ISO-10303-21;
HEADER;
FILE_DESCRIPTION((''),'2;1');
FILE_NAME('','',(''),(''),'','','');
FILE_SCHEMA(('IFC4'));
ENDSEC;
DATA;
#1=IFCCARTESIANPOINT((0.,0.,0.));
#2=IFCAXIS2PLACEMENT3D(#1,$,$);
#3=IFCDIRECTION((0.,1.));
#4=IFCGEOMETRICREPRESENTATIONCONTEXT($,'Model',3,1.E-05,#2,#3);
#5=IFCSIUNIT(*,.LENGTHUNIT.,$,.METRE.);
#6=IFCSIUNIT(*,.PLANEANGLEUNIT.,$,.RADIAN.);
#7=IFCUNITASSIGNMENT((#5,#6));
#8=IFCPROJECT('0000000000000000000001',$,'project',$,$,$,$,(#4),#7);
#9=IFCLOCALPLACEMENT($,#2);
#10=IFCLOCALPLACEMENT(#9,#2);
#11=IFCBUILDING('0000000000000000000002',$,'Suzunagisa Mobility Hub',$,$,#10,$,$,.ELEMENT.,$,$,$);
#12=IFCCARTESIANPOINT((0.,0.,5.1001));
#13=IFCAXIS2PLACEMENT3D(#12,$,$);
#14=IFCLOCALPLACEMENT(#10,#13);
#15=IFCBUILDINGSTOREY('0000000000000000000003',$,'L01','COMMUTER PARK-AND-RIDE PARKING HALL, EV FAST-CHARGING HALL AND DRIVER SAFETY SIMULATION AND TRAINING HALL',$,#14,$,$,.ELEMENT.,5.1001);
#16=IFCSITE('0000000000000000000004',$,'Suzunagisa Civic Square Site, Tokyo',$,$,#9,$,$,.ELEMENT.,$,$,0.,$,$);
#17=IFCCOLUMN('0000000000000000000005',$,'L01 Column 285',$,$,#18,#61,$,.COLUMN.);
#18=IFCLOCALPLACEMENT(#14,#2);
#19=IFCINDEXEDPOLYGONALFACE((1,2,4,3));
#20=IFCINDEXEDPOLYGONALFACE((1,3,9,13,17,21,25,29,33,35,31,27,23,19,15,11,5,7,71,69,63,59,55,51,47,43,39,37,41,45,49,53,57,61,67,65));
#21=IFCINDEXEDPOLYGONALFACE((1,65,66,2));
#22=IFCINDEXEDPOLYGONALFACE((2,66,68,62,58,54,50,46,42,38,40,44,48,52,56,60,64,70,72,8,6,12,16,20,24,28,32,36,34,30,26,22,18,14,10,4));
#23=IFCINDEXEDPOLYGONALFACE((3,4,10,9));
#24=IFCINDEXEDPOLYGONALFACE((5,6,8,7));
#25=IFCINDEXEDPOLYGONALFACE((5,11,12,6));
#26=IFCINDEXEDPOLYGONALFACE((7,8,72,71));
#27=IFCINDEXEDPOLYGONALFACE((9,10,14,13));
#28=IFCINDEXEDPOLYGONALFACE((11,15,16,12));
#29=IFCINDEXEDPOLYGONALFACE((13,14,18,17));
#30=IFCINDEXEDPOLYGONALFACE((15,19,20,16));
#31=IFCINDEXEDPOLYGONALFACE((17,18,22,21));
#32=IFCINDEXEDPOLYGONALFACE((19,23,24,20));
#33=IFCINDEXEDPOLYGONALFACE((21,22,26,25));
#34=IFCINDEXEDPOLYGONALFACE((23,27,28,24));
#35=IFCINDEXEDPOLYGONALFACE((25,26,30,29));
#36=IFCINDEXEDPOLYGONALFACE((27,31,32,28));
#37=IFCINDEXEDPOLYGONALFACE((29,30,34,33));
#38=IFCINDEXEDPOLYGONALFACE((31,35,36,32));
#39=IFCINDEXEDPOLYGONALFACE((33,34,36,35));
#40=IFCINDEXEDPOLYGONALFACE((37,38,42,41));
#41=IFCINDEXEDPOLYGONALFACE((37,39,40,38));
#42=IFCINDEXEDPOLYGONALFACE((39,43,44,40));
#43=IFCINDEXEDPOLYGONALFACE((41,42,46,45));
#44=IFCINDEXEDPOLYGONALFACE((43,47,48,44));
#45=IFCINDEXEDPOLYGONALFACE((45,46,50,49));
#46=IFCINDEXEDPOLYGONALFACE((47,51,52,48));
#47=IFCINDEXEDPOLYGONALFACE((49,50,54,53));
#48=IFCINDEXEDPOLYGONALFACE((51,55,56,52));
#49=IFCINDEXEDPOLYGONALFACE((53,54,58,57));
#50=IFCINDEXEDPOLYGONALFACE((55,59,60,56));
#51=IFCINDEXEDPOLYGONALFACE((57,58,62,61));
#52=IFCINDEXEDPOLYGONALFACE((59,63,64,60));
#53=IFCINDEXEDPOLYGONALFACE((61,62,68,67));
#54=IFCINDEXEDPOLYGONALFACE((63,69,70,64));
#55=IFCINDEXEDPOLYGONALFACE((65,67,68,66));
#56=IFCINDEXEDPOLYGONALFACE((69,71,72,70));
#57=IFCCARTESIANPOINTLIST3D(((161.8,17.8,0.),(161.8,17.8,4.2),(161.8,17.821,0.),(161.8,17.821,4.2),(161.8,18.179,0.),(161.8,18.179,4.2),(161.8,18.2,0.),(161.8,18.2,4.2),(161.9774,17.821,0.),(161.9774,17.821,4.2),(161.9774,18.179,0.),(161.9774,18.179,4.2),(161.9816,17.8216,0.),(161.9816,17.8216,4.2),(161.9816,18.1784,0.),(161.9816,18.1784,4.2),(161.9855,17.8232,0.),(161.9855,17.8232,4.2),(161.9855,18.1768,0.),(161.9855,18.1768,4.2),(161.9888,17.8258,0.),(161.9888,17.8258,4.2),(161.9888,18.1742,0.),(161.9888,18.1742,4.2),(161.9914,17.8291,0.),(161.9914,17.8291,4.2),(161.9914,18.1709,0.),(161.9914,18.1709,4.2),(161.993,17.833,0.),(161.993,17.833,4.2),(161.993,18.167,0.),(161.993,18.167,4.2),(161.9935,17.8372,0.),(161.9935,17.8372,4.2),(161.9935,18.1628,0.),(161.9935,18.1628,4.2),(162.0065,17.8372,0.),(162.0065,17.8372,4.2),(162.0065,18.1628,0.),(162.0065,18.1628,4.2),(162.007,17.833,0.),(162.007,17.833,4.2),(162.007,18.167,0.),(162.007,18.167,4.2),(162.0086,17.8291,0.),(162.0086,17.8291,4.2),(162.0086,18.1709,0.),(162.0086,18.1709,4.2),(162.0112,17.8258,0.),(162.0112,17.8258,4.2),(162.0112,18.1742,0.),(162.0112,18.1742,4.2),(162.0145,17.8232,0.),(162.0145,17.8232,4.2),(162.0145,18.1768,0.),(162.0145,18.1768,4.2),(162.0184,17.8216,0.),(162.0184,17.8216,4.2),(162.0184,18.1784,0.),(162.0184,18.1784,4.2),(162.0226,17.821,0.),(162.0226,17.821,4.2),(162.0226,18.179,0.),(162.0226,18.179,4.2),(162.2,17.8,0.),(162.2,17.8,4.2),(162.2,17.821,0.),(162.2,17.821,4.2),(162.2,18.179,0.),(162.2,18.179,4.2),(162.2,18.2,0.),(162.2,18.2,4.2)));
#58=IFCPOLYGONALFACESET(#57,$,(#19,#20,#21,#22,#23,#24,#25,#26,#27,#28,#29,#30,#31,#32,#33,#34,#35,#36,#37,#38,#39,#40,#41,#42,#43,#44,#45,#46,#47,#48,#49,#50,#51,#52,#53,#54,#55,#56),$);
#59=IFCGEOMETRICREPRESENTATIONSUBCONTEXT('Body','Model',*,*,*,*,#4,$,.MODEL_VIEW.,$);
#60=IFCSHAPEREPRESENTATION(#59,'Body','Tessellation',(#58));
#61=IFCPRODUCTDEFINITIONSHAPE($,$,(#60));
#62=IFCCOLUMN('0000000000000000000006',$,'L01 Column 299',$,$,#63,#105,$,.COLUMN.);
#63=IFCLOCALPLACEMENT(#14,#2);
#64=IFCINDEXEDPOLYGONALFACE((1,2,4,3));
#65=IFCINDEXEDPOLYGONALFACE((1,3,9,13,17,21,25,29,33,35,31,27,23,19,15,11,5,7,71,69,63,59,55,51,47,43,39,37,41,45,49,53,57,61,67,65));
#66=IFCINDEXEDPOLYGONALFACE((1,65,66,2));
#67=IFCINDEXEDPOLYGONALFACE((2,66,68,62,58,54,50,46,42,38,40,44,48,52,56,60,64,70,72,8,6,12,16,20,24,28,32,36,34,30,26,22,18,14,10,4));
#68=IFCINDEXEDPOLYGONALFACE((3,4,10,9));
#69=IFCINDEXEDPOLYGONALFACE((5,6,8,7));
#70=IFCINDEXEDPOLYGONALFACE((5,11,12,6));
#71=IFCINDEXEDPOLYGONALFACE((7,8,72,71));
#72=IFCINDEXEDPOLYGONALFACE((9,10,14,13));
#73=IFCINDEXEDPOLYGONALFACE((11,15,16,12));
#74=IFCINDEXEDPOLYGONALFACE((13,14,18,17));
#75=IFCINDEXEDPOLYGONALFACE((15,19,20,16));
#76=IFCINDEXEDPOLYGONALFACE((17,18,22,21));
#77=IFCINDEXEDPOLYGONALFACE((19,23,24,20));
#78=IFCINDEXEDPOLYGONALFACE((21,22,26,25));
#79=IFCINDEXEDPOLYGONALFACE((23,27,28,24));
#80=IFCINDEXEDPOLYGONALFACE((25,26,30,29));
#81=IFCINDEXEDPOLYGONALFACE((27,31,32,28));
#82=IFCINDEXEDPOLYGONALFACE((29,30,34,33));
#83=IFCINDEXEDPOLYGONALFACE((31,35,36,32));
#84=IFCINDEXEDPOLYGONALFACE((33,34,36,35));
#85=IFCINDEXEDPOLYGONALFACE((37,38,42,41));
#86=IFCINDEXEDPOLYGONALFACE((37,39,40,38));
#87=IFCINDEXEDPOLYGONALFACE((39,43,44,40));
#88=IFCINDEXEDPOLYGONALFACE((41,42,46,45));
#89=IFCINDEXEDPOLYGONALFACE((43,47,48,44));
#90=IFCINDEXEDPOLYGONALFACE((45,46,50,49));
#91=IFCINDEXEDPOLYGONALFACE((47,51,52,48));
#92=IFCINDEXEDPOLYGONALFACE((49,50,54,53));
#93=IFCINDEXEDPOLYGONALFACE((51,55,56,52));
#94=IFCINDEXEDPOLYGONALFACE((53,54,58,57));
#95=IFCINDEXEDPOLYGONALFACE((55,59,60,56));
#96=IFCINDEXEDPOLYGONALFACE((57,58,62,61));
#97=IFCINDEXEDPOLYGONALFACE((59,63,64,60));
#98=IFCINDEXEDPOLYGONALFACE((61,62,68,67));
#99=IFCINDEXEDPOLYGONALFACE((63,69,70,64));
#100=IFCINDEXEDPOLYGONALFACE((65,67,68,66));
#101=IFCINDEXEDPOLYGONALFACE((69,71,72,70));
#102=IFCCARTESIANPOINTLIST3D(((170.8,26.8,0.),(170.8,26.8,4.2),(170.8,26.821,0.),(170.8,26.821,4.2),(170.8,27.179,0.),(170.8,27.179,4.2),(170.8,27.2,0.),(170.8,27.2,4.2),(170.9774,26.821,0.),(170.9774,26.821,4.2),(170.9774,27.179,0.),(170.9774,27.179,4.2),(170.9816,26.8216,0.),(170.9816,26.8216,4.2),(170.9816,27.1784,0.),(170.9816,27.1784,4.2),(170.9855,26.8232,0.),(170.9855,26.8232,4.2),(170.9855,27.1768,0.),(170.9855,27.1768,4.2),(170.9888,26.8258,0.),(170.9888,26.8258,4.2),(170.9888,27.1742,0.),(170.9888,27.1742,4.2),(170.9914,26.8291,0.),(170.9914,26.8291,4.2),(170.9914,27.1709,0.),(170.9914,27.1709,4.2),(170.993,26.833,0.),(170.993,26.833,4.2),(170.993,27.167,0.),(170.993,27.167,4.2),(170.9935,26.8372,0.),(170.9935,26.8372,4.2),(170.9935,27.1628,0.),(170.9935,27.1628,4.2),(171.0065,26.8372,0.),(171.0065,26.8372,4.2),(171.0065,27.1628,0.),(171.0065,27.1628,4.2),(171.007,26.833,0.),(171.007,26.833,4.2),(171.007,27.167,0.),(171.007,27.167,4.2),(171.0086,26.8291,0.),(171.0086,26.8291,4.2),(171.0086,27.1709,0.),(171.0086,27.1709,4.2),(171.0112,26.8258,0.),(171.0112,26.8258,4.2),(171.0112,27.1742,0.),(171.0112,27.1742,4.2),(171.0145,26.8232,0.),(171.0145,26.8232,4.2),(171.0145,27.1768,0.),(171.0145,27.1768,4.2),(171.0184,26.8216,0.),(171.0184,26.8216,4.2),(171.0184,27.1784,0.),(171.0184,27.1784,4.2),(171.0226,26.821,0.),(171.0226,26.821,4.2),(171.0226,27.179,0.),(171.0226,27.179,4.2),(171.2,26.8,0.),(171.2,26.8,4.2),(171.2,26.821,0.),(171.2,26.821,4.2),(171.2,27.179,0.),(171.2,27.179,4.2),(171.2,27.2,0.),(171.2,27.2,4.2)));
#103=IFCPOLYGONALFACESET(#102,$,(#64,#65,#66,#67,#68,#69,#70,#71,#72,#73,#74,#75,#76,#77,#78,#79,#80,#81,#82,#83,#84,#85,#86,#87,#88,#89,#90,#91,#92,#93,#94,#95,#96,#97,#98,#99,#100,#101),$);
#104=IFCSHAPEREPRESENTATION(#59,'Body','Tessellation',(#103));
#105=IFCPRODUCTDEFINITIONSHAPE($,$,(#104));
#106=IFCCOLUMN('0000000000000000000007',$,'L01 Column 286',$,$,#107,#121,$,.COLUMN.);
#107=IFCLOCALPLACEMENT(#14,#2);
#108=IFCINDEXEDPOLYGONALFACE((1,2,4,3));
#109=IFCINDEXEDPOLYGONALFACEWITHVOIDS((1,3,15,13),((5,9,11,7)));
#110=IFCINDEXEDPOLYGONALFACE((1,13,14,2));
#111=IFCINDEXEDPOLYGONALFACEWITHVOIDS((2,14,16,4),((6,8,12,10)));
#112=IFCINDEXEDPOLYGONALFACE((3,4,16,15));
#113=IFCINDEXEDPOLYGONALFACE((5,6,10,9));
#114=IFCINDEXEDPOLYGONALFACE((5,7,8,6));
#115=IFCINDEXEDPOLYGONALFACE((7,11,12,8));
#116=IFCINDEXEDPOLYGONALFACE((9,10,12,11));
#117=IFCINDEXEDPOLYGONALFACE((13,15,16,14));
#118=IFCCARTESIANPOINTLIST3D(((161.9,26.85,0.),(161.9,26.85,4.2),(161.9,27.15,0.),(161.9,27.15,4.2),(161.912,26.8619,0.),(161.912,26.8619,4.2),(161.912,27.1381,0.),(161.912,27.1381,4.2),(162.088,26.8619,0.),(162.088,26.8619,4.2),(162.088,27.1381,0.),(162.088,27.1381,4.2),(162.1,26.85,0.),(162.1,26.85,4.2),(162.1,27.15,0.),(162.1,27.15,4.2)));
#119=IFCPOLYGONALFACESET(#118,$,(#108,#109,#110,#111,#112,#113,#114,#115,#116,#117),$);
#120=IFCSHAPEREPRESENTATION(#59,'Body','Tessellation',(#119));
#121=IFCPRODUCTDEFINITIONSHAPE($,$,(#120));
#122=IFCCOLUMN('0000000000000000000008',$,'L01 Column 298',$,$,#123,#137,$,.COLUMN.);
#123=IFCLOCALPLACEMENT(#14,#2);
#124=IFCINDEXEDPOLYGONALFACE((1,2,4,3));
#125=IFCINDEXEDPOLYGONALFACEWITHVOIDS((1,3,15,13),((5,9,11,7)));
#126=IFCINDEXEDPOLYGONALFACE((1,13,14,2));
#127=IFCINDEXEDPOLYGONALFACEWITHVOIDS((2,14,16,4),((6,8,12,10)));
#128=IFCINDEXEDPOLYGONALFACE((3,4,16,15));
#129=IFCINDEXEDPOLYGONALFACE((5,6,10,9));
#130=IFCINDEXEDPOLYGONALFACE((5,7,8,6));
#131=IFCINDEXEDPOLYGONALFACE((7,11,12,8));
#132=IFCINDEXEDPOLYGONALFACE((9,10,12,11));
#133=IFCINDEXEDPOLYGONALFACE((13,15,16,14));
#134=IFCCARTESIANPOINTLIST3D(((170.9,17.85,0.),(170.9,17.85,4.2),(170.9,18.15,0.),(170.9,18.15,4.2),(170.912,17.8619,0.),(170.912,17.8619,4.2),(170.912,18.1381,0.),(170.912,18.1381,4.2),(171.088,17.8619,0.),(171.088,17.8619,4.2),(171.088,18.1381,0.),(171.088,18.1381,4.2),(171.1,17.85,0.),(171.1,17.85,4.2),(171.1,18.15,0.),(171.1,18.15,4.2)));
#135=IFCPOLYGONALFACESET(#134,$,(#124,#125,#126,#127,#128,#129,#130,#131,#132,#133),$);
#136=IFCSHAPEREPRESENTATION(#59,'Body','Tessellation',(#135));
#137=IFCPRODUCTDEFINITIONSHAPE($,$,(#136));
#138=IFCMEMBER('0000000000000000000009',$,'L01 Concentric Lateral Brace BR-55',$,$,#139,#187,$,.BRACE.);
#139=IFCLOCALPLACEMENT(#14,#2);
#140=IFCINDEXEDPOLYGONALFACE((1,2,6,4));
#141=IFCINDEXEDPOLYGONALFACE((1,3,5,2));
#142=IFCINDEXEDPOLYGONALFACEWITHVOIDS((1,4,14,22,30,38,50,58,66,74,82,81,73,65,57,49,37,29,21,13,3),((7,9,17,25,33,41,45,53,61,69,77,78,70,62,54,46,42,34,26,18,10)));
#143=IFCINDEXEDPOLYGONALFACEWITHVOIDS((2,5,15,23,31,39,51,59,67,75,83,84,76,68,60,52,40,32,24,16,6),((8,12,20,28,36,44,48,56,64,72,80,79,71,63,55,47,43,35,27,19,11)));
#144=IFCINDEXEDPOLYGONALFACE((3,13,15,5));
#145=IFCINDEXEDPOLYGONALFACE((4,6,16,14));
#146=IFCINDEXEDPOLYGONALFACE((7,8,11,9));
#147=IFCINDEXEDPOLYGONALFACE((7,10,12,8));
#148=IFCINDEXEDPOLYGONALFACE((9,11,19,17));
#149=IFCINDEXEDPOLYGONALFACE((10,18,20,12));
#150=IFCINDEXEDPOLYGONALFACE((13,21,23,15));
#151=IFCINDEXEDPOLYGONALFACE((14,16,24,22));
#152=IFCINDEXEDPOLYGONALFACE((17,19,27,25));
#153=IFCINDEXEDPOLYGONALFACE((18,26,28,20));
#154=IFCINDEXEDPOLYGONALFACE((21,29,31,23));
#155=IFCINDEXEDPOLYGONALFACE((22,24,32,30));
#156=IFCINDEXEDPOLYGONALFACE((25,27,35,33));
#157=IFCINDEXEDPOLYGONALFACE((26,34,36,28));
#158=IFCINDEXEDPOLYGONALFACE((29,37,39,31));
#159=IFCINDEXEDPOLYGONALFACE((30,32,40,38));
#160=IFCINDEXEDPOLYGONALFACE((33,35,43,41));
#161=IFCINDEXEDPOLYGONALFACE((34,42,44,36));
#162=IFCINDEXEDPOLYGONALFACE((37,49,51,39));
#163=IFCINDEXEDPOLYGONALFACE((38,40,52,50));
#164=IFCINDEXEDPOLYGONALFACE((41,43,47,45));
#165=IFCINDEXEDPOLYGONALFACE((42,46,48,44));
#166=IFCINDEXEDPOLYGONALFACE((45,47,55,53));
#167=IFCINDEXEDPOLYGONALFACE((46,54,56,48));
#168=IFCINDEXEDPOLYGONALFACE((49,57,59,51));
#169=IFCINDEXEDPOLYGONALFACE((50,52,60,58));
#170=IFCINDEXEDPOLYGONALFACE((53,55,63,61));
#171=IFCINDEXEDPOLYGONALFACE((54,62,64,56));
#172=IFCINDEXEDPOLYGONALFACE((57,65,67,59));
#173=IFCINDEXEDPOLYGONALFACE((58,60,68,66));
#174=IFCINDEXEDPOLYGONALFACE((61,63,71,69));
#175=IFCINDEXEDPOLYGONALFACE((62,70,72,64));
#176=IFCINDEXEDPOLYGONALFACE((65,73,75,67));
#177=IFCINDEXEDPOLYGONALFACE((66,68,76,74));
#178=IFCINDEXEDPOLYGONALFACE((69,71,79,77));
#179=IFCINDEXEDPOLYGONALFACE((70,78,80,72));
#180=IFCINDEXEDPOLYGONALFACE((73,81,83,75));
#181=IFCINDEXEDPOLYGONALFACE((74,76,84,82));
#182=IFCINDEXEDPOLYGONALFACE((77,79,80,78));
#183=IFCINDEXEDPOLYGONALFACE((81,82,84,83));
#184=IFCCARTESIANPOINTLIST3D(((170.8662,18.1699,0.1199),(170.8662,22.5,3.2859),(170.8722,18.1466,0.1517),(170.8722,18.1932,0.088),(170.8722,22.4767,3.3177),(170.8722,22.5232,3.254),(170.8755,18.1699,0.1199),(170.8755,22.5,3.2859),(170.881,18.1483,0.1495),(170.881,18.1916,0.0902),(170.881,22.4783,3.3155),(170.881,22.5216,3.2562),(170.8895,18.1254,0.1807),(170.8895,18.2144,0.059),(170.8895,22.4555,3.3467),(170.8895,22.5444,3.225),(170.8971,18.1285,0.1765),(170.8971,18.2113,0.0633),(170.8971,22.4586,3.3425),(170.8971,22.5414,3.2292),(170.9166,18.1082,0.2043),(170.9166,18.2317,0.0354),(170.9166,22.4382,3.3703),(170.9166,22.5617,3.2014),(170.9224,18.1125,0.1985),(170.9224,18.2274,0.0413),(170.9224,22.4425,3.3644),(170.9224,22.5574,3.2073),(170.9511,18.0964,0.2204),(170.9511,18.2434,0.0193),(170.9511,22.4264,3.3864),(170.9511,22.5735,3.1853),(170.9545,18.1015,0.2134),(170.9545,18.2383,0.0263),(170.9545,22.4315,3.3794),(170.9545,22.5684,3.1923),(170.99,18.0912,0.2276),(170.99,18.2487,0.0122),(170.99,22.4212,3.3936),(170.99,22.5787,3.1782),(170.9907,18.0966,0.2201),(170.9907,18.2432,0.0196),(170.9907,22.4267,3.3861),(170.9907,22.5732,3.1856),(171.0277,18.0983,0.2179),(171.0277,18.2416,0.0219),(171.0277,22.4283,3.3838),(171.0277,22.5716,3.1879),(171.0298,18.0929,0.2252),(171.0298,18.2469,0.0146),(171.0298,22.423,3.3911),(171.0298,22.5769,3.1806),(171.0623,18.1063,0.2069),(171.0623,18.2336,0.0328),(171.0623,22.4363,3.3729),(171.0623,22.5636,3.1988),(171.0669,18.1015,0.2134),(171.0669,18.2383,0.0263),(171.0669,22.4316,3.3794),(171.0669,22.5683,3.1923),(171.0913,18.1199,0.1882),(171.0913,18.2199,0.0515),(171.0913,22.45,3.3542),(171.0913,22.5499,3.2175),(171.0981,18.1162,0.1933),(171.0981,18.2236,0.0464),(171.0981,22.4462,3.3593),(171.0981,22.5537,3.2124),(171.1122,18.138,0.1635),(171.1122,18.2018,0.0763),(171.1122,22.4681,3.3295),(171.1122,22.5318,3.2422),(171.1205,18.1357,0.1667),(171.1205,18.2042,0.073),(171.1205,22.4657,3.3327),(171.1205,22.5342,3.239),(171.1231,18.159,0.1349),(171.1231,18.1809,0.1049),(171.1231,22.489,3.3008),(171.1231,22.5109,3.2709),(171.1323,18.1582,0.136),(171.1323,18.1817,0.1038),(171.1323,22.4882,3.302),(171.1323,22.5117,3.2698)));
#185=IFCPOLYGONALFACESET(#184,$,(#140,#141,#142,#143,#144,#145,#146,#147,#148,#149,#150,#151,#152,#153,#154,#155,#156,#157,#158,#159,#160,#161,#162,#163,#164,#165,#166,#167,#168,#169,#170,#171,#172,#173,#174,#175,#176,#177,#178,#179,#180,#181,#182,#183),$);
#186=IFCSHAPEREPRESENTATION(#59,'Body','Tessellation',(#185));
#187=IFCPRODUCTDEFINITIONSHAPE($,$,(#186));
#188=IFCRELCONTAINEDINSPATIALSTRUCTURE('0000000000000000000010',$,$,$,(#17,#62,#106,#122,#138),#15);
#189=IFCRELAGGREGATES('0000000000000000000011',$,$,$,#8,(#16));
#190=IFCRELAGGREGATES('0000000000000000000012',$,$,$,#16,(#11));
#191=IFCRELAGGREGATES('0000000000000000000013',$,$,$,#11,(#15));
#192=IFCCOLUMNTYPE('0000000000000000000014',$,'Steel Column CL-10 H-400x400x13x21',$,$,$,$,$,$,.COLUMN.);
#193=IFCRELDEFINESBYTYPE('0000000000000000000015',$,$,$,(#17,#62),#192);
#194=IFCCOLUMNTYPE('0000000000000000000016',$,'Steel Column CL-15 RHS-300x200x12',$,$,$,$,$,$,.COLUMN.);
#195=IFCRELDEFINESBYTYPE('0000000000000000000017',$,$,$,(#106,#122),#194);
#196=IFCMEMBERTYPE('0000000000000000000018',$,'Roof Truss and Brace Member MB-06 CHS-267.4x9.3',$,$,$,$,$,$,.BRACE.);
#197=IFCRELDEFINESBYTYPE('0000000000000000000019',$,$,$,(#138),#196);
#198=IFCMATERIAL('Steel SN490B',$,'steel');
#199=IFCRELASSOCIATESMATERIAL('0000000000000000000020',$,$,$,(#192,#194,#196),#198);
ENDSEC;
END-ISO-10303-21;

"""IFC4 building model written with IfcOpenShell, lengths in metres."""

from ifc_helpers import new_model, si_unit, direction, frame, origin, origin_2d, place, context, subcontext, project, spatial, hollow_rectangle, hollow_circle, i_section, extrude, material, material_profile, profile_set, type_object, element, save


model = new_model("IFC4")

# Units and contexts
model_context = context("Model", 3, precision=1e-05, world=origin(), true_north=direction((0.0, 1.0)))
body_context = subcontext(model_context, "Body", "Model", "MODEL_VIEW")
ifc_project = project(units=[si_unit("LENGTHUNIT", "METRE"), si_unit("PLANEANGLEUNIT", "RADIAN")], contexts=[model_context])

# Site, building, storey
site_placement = place(None, origin())
site = spatial("IfcSite", under=ifc_project, at=site_placement, Name="Suzunagisa Civic Square Site, Tokyo", CompositionType="ELEMENT", RefElevation=0.0)
building_placement = place(site_placement, origin())
building = spatial("IfcBuilding", under=site, at=building_placement, Name="Suzunagisa Mobility Hub", CompositionType="ELEMENT")
storey_placement = place(building_placement, frame((0.0, 0.0, 5.1001)))
storey = spatial("IfcBuildingStorey", under=building, at=storey_placement, Name="L01", Description="COMMUTER PARK-AND-RIDE PARKING HALL, EV FAST-CHARGING HALL AND DRIVER SAFETY SIMULATION AND TRAINING HALL", CompositionType="ELEMENT", Elevation=5.1001)

# Columns
ifc_material_1 = material(Name="Steel SN490B", Category="steel")
ifc_material_profile_1 = material_profile(ifc_material_1, i_section(OverallWidth=0.3999, OverallDepth=0.3999, WebThickness=0.0129, FlangeThickness=0.021, FilletRadius=0.0161, at=origin_2d()), Name="H-400x400x13x21")
ifc_profile_set_1 = profile_set([ifc_material_profile_1], Name="Steel SN490B")
column_type_1 = type_object("IfcColumnType", Name="Steel Column CL-10 H-400x400x13x21", PredefinedType="COLUMN", material=ifc_profile_set_1)
for number, where, z_axis, x_axis, name in (
    (1, (162.0, 18.0, 0.0), (0.0, 0.0, 1.0), (1.0, 0.0, 0.0), "L01 Column 285"),
    (2, (171.0, 27.0, 0.0), (0.0, 0.0, 1.0), (1.0, 0.0, 0.0), "L01 Column 299"),
):
    element("IfcColumn", number, at=place(storey_placement, frame(where, z_axis=z_axis, x_axis=x_axis)), inside=storey, type_object=column_type_1, Name=name, PredefinedType="COLUMN", context=body_context, shape_type="SweptSolid", body=[
        extrude(i_section(OverallWidth=0.3999, OverallDepth=0.3999, WebThickness=0.0129, FlangeThickness=0.021, FilletRadius=0.0161, at=origin_2d()), origin(), (0.0, 0.0, 1.0), 4.2),
    ])
ifc_material_profile_2 = material_profile(ifc_material_1, hollow_rectangle(XDim=0.2, YDim=0.3, WallThickness=0.012, at=origin_2d()), Name="RHS-300x200x12")
ifc_profile_set_2 = profile_set([ifc_material_profile_2], Name="Steel SN490B")
column_type_2 = type_object("IfcColumnType", Name="Steel Column CL-15 RHS-300x200x12", PredefinedType="COLUMN", material=ifc_profile_set_2)
for number, where, z_axis, x_axis, name in (
    (3, (162.0, 27.0, 0.0), (0.0, 0.0, 1.0), (1.0, 0.0, 0.0), "L01 Column 286"),
    (4, (171.0, 18.0, 0.0), (0.0, 0.0, 1.0), (1.0, 0.0, 0.0), "L01 Column 298"),
):
    element("IfcColumn", number, at=place(storey_placement, frame(where, z_axis=z_axis, x_axis=x_axis)), inside=storey, type_object=column_type_2, Name=name, PredefinedType="COLUMN", context=body_context, shape_type="SweptSolid", body=[
        extrude(hollow_rectangle(XDim=0.2, YDim=0.3, WallThickness=0.012, at=origin_2d()), origin(), (0.0, 0.0, 1.0), 4.2),
    ])

# Member
ifc_material_profile_3 = material_profile(ifc_material_1, hollow_circle(Radius=0.1338, WallThickness=0.0093, at=origin_2d()), Name="CHS-267.4x9.3")
ifc_profile_set_3 = profile_set([ifc_material_profile_3], Name="Steel SN490B")
member_type = type_object("IfcMemberType", Name="Roof Truss and Brace Member MB-06 CHS-267.4x9.3", PredefinedType="BRACE", material=ifc_profile_set_3)
member_1_placement = place(storey_placement, frame((171.0, 18.1699, 0.1199), z_axis=(0.0, 0.807238, 0.590227), x_axis=(-1.0, 0.0, 0.0)))
element("IfcMember", 5, at=member_1_placement, inside=storey, type_object=member_type, Name="L01 Concentric Lateral Brace BR-55", PredefinedType="BRACE", context=body_context, shape_type="SweptSolid", body=[
    extrude(hollow_circle(Radius=0.1338, WallThickness=0.0093, at=origin_2d()), origin(), (0.0, 0.0, 1.0), 5.364),
])

save(model, "model.ifc")
